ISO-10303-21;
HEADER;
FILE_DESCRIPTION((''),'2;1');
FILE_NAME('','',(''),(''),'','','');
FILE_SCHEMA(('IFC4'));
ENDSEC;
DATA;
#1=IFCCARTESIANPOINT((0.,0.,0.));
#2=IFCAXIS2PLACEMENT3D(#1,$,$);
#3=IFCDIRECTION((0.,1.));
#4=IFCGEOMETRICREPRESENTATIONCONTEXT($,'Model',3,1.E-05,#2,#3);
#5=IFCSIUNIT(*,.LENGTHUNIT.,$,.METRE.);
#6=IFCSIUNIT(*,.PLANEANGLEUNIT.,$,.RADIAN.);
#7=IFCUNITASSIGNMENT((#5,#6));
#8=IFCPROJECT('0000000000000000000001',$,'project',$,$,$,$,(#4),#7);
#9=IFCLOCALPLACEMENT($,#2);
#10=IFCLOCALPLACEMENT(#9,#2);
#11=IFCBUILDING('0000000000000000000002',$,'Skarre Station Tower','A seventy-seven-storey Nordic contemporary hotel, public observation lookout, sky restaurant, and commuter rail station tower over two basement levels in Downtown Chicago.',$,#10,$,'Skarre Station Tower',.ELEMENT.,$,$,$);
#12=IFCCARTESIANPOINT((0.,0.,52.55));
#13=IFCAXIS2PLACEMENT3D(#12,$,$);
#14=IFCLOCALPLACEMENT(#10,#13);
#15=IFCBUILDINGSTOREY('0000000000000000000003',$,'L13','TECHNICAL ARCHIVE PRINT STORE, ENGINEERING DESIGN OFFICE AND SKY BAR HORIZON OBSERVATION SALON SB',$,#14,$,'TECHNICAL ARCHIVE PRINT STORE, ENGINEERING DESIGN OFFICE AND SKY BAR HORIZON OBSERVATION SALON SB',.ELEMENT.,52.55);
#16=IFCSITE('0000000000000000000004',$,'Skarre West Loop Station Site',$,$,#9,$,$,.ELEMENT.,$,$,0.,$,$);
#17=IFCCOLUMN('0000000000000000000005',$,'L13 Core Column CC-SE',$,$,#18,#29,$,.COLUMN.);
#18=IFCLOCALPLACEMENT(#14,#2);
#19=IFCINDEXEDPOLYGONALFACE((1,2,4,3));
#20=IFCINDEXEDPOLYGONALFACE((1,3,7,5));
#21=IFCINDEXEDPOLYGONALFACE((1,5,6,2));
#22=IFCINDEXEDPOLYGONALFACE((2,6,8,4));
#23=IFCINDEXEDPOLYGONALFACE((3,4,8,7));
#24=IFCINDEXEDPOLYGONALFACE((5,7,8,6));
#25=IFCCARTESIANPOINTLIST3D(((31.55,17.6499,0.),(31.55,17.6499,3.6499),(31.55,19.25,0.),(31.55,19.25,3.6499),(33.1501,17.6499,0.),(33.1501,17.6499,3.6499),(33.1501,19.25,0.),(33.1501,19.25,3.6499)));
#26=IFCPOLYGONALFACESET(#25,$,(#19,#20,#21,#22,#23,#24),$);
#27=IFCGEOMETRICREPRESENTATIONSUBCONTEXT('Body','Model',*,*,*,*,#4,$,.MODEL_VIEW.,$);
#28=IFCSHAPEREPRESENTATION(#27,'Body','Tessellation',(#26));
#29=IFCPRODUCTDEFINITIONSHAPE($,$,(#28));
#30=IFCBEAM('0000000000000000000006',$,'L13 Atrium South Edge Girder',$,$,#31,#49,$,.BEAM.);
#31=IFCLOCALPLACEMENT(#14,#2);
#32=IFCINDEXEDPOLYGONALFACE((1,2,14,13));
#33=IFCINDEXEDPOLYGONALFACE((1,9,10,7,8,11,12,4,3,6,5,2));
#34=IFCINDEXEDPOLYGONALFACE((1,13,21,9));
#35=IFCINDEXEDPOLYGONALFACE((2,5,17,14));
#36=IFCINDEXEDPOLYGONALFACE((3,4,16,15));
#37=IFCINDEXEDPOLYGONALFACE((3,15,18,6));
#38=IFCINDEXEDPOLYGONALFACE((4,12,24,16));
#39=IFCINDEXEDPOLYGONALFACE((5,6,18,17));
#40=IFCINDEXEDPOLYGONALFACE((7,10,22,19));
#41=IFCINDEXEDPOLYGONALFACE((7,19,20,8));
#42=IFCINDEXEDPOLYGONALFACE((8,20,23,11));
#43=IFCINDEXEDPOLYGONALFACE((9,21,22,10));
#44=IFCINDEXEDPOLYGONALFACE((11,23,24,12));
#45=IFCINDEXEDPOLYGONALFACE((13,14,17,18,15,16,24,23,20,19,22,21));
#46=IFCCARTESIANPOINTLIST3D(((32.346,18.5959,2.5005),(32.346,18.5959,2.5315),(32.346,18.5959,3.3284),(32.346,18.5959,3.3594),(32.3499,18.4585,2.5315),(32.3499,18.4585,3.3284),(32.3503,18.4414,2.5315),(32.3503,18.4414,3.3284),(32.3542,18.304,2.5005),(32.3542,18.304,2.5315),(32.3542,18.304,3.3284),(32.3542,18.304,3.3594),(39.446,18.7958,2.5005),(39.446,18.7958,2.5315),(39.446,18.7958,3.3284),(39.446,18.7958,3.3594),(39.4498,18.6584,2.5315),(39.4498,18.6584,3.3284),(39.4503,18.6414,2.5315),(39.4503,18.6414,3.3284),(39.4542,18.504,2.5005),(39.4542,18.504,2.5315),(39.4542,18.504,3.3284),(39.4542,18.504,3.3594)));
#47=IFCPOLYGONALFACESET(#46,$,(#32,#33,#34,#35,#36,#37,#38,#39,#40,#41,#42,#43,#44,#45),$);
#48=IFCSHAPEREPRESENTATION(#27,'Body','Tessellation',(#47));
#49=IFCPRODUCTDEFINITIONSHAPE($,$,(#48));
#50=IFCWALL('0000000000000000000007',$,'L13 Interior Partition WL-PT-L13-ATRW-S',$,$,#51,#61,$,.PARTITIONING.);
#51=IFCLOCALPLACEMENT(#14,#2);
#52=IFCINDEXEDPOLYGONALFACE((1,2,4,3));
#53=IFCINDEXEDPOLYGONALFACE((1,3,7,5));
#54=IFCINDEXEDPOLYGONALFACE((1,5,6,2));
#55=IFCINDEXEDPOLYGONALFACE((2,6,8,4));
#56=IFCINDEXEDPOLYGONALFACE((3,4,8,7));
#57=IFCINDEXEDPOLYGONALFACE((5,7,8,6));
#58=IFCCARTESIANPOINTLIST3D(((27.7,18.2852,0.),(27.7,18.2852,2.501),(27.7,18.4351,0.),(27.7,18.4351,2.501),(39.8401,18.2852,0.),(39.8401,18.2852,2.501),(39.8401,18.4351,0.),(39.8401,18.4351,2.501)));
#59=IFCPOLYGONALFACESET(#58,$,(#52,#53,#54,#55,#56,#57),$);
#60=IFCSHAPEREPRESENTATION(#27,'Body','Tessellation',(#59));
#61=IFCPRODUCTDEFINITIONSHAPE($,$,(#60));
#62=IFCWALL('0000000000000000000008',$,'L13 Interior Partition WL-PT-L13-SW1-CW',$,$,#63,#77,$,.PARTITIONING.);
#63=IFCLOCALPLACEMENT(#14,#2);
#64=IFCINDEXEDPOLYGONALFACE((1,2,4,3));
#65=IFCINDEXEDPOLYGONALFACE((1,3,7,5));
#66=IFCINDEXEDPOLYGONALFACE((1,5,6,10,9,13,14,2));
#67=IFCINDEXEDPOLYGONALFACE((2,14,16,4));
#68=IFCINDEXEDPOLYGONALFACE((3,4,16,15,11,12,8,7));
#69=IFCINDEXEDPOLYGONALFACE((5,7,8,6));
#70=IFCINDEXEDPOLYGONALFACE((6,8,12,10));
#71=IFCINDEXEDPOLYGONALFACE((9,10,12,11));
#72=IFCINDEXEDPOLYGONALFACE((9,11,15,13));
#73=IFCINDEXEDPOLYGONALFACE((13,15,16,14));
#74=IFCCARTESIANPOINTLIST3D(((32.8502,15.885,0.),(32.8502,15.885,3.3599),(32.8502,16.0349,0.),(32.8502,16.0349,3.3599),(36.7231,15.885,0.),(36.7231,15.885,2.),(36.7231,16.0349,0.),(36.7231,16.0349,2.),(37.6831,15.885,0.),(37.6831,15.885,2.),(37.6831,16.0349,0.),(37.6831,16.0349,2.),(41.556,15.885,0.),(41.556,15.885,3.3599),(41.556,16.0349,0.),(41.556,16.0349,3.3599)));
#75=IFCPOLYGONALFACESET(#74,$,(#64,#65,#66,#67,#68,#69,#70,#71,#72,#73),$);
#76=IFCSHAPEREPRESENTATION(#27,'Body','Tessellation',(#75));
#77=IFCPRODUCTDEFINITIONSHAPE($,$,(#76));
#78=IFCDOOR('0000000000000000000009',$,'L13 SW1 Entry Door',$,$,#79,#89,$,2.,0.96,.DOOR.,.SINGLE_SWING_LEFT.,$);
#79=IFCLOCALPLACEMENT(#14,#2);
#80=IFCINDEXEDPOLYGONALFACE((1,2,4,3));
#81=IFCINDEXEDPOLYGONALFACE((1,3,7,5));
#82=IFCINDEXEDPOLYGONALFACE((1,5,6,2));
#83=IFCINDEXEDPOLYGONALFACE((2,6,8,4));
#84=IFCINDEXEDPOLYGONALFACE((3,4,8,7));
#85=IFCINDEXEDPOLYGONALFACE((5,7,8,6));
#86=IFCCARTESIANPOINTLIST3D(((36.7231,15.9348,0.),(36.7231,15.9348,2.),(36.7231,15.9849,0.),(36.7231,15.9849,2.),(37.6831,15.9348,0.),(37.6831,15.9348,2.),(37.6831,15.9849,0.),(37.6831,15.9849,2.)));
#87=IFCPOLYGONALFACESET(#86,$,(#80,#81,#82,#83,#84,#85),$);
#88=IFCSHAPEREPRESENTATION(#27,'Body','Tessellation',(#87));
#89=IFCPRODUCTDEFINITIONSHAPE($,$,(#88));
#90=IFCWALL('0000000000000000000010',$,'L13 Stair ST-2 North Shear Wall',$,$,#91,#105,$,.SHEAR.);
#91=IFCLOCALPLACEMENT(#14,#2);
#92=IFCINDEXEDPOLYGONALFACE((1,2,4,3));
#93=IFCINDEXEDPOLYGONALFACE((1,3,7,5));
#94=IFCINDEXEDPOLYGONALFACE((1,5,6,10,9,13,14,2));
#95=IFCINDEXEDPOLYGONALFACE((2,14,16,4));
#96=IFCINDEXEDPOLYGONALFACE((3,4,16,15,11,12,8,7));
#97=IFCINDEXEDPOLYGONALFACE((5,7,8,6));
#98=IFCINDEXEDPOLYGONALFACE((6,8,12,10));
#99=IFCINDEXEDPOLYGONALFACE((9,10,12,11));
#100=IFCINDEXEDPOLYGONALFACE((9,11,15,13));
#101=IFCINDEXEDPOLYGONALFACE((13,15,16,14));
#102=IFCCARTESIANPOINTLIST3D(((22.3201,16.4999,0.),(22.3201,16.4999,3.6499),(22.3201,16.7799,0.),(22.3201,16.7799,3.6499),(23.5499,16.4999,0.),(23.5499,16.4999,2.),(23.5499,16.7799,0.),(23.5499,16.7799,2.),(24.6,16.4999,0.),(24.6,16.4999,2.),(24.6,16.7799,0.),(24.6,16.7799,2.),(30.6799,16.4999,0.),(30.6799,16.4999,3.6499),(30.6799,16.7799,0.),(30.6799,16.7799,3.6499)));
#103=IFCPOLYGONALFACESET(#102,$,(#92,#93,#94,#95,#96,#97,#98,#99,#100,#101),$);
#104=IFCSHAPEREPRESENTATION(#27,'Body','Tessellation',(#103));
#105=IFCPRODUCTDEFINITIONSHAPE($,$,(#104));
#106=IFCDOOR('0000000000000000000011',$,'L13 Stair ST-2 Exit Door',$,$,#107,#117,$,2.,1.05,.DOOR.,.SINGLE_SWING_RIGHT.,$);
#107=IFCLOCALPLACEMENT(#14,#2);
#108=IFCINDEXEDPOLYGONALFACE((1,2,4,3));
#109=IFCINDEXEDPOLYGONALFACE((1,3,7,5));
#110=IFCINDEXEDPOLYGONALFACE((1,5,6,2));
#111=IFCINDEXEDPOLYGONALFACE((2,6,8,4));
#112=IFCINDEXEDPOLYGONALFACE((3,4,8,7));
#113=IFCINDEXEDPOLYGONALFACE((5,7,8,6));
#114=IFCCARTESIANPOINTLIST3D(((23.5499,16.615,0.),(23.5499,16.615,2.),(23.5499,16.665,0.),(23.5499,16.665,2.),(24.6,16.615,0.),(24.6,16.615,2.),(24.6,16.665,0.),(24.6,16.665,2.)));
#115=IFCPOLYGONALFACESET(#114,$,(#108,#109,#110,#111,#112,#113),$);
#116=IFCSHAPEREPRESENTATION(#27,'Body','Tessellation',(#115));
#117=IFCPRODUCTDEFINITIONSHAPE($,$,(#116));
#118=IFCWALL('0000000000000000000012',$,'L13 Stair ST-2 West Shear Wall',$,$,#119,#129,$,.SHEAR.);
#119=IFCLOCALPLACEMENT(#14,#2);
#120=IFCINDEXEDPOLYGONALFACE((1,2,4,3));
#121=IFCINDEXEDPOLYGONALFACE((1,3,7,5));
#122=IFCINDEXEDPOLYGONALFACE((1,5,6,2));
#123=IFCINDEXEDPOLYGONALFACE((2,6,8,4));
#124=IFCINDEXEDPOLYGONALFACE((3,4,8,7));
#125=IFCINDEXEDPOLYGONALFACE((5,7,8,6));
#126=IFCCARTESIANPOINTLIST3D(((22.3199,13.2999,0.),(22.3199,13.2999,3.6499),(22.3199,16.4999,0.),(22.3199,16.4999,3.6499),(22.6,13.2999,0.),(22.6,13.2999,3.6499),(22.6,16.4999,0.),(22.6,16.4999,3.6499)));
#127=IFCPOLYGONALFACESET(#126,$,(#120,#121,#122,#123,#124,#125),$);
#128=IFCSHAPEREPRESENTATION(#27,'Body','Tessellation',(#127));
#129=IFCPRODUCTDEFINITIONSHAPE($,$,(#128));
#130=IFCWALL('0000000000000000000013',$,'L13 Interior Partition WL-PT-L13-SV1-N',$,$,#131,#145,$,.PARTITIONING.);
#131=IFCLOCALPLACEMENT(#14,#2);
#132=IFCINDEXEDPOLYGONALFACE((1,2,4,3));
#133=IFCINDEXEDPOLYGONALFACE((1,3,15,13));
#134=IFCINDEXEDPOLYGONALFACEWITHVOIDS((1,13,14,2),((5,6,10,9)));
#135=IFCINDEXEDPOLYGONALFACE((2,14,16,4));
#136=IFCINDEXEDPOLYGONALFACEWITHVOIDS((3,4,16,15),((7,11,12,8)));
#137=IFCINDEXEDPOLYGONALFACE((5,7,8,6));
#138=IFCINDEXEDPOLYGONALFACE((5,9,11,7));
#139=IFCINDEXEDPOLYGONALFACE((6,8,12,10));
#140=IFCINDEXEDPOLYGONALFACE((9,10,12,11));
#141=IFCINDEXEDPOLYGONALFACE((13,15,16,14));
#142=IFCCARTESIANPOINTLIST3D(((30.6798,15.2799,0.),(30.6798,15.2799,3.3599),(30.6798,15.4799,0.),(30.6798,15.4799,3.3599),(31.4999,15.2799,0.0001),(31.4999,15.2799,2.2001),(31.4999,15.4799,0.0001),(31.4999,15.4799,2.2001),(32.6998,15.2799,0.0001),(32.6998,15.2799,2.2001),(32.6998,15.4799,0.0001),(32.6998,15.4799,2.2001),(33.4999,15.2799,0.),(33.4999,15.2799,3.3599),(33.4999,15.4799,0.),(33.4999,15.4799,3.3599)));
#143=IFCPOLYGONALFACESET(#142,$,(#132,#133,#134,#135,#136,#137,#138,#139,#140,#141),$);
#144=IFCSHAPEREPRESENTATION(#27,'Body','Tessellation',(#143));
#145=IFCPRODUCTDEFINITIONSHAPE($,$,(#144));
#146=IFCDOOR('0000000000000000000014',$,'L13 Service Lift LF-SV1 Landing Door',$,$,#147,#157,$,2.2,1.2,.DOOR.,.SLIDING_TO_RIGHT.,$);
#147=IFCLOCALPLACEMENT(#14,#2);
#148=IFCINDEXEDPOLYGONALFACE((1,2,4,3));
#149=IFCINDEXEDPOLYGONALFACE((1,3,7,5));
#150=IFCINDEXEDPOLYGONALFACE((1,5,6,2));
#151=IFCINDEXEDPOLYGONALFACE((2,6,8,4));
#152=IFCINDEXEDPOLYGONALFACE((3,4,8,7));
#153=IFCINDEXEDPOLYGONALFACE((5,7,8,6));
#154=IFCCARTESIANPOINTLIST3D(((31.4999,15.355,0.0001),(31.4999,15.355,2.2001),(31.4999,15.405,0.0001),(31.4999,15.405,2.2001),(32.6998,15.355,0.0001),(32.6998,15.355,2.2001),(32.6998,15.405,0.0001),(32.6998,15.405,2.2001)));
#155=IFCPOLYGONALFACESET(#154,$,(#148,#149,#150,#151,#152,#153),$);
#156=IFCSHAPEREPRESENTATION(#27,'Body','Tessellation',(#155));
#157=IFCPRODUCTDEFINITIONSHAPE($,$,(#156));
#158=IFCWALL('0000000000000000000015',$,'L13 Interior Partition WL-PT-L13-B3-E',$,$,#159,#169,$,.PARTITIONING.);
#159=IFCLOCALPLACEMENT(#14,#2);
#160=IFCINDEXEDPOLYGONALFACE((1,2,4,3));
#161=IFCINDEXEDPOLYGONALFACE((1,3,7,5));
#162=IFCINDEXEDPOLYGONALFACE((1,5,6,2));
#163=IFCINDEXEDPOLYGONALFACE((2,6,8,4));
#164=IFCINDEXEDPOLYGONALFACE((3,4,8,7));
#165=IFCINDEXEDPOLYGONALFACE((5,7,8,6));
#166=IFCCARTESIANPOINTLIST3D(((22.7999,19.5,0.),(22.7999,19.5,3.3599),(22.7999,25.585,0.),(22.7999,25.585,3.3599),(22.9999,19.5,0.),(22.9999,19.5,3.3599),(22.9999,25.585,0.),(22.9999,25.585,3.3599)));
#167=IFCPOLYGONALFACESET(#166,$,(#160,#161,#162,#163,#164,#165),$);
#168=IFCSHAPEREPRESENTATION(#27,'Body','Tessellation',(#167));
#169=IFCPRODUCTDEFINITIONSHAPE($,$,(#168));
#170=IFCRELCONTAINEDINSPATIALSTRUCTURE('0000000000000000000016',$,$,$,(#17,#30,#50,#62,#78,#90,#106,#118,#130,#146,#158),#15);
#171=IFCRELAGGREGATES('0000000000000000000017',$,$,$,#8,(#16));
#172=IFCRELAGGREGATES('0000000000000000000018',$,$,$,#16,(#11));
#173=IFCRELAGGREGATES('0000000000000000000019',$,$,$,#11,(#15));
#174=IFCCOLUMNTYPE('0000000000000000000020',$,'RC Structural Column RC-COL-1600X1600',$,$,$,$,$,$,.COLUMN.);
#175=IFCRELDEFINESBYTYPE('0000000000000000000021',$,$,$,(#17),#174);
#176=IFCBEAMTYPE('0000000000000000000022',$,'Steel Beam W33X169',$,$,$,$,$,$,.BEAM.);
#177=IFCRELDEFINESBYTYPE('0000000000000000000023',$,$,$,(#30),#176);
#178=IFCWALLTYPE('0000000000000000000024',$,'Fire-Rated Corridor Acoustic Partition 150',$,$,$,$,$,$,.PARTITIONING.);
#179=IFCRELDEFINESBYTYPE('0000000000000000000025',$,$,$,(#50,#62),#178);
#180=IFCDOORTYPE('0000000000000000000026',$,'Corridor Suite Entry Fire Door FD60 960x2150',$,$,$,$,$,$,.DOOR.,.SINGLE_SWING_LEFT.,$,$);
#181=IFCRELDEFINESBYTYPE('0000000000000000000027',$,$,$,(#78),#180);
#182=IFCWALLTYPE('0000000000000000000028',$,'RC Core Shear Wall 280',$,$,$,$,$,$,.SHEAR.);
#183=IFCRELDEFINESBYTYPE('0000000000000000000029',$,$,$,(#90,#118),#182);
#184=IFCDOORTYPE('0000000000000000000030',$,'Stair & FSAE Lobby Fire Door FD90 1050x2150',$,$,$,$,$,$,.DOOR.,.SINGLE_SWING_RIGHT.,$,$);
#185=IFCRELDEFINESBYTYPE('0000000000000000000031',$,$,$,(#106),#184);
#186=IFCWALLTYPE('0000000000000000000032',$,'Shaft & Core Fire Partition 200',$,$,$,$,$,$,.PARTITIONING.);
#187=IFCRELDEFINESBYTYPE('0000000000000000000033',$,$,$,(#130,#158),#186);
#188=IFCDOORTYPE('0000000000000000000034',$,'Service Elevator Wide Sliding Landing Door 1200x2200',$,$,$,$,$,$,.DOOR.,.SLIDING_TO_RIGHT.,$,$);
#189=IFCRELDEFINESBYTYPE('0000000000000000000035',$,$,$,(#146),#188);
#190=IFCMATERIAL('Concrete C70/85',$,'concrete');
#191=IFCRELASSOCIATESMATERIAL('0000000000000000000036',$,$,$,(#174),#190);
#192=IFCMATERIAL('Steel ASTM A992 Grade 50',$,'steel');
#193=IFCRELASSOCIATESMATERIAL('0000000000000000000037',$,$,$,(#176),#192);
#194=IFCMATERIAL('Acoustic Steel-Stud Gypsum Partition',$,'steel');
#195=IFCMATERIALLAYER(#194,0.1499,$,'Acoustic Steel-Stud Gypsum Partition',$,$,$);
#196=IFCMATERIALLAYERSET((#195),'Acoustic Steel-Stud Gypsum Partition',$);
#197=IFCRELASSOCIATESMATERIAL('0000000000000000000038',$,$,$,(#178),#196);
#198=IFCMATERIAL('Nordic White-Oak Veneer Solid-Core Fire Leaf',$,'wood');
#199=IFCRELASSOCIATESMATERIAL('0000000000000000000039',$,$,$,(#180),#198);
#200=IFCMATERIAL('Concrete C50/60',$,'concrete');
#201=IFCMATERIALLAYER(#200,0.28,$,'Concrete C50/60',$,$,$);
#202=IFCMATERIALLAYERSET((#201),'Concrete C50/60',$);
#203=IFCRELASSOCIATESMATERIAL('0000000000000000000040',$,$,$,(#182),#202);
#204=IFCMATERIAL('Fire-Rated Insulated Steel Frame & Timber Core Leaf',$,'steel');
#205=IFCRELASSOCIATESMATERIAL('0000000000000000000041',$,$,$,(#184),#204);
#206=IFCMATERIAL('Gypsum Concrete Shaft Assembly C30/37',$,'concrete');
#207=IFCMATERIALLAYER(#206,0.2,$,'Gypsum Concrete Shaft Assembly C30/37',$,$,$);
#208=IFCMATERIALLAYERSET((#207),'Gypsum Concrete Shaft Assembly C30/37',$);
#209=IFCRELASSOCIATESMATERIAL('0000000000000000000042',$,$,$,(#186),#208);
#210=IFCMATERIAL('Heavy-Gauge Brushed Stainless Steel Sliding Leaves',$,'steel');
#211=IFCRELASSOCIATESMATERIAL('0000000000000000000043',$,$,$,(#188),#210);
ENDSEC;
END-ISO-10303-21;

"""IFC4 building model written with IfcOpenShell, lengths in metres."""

from ifc_helpers import new_model, si_unit, direction, frame, frame_2d, origin, origin_2d, place, context, subcontext, project, spatial, rectangle, i_section, extrude, material, layer, layer_set, material_profile, profile_set, type_object, element, fill, save


model = new_model("IFC4")

# Units and contexts
model_context = context("Model", 3, precision=1e-05, world=origin(), true_north=direction((0.0, 1.0)))
body_context = subcontext(model_context, "Body", "Model", "MODEL_VIEW")
ifc_project = project(units=[si_unit("LENGTHUNIT", "METRE"), si_unit("PLANEANGLEUNIT", "RADIAN")], contexts=[model_context])

# Site, building, storey
site_placement = place(None, origin())
site = spatial("IfcSite", under=ifc_project, at=site_placement, Name="Skarre West Loop Station Site", CompositionType="ELEMENT", RefElevation=0.0)
building_placement = place(site_placement, origin())
building = spatial("IfcBuilding", under=site, at=building_placement, Name="Skarre Station Tower", Description="A seventy-seven-storey Nordic contemporary hotel, public observation lookout, sky restaurant, and commuter rail station tower over two basement levels in Downtown Chicago.", LongName="Skarre Station Tower", CompositionType="ELEMENT")
storey_placement = place(building_placement, frame((0.0, 0.0, 52.55)))
storey = spatial("IfcBuildingStorey", under=building, at=storey_placement, Name="L13", Description="TECHNICAL ARCHIVE PRINT STORE, ENGINEERING DESIGN OFFICE AND SKY BAR HORIZON OBSERVATION SALON SB", LongName="TECHNICAL ARCHIVE PRINT STORE, ENGINEERING DESIGN OFFICE AND SKY BAR HORIZON OBSERVATION SALON SB", CompositionType="ELEMENT", Elevation=52.55)

# Column
ifc_material_1 = material(Name="Concrete C70/85", Category="concrete")
ifc_material_profile_1 = material_profile(ifc_material_1, rectangle(XDim=1.6001, YDim=1.6001, at=origin_2d()), Name="Concrete C70/85")
ifc_profile_set_1 = profile_set([ifc_material_profile_1], Name="Concrete C70/85")
column_type = type_object("IfcColumnType", Name="RC Structural Column RC-COL-1600X1600", PredefinedType="COLUMN", material=ifc_profile_set_1)
column_placement = place(storey_placement, frame((32.3501, 18.45, 0.0), z_axis=(0.0, 0.0, 1.0), x_axis=(1.0, 0.0, 0.0)))
element("IfcColumn", 1, at=column_placement, inside=storey, type_object=column_type, Name="L13 Core Column CC-SE", PredefinedType="COLUMN", context=body_context, shape_type="SweptSolid", body=[
    extrude(rectangle(XDim=1.6001, YDim=1.6001, at=origin_2d()), origin(), (0.0, 0.0, 1.0), 3.6499),
])

# Beam
ifc_material_2 = material(Name="Steel ASTM A992 Grade 50", Category="steel")
ifc_material_profile_2 = material_profile(ifc_material_2, i_section(OverallWidth=0.292, OverallDepth=0.8589, WebThickness=0.0171, FlangeThickness=0.031, at=origin_2d()), Name="Steel ASTM A992 Grade 50")
ifc_profile_set_2 = profile_set([ifc_material_profile_2], Name="Steel ASTM A992 Grade 50")
beam_type = type_object("IfcBeamType", Name="Steel Beam W33X169", PredefinedType="BEAM", material=ifc_profile_set_2)
beam_placement = place(storey_placement, frame((32.3501, 18.45, 2.9299), z_axis=(0.999604, 0.028152, 0.0), x_axis=(-0.028152, 0.999604, 0.0)))
element("IfcBeam", 2, at=beam_placement, inside=storey, type_object=beam_type, Name="L13 Atrium South Edge Girder", PredefinedType="BEAM", context=body_context, shape_type="SweptSolid", body=[
    extrude(i_section(OverallWidth=0.292, OverallDepth=0.8589, WebThickness=0.0171, FlangeThickness=0.031, at=origin_2d()), origin(), (0.0, 0.0, 1.0), 7.1028),
])

# Wall
ifc_material_3 = material(Name="Acoustic Steel-Stud Gypsum Partition", Category="steel")
ifc_layer_1 = layer(ifc_material_3, 0.1499, Name="Acoustic Steel-Stud Gypsum Partition")
ifc_layer_set_1 = layer_set([ifc_layer_1], Name="Acoustic Steel-Stud Gypsum Partition")
wall_type_1 = type_object("IfcWallType", Name="Fire-Rated Corridor Acoustic Partition 150", PredefinedType="PARTITIONING", material=ifc_layer_set_1)
wall_1_placement = place(storey_placement, frame((27.7, 18.3601, 0.0), z_axis=(0.0, 0.0, 1.0), x_axis=(1.0, 0.0, 0.0)))
element("IfcWall", 3, at=wall_1_placement, inside=storey, type_object=wall_type_1, Name="L13 Interior Partition WL-PT-L13-ATRW-S", PredefinedType="PARTITIONING", context=body_context, shape_type="SweptSolid", body=[
    extrude(rectangle(XDim=12.1401, YDim=0.1499, at=frame_2d((6.0701, 0.0))), origin(), (0.0, 0.0, 1.0), 2.501),
])

# Walls, openings, doors
wall_2_placement = place(storey_placement, frame((32.8501, 15.96, 0.0), z_axis=(0.0, 0.0, 1.0), x_axis=(1.0, 0.0, 0.0)))
wall_2 = element("IfcWall", 4, at=wall_2_placement, inside=storey, type_object=wall_type_1, Name="L13 Interior Partition WL-PT-L13-SW1-CW", PredefinedType="PARTITIONING", context=body_context, shape_type="SweptSolid", body=[
    extrude(rectangle(XDim=8.7058, YDim=0.1499, at=frame_2d((4.353, 0.0))), origin(), (0.0, 0.0, 1.0), 3.3599),
])
opening_1_placement = place(wall_2_placement, frame((3.873, 0.0, 0.0)))
opening_1 = element("IfcOpeningElement", 5, at=opening_1_placement, cuts=wall_2, PredefinedType="OPENING", context=body_context, shape_type="SweptSolid", body=[
    extrude(rectangle(XDim=0.96, YDim=2.0, at=frame_2d((0.48, 1.0))), frame((0.0, 0.085, 0.0), z_axis=(0.0, -1.0, 0.0), x_axis=(1.0, 0.0, 0.0)), (0.0, 0.0, 1.0), 0.1699),
])
ifc_material_4 = material(Name="Nordic White-Oak Veneer Solid-Core Fire Leaf", Category="wood")
door_type_1 = type_object("IfcDoorType", Name="Corridor Suite Entry Fire Door FD60 960x2150", OperationType="SINGLE_SWING_LEFT", PredefinedType="DOOR", material=ifc_material_4)
door_1_placement = place(opening_1_placement, origin())
door_1 = element("IfcDoor", 6, at=door_1_placement, inside=storey, type_object=door_type_1, Name="L13 SW1 Entry Door", OperationType="SINGLE_SWING_LEFT", OverallHeight=2.0, OverallWidth=0.96, PredefinedType="DOOR", context=body_context, shape_type="SweptSolid", body=[
    extrude(rectangle(XDim=0.96, YDim=2.0, at=frame_2d((0.48, 1.0))), frame((0.0, 0.0249, 0.0), z_axis=(0.0, -1.0, 0.0), x_axis=(1.0, 0.0, 0.0)), (0.0, 0.0, 1.0), 0.05),
])
fill(opening_1, door_1)
ifc_material_5 = material(Name="Concrete C50/60", Category="concrete")
ifc_layer_2 = layer(ifc_material_5, 0.28, Name="Concrete C50/60")
ifc_layer_set_2 = layer_set([ifc_layer_2], Name="Concrete C50/60")
wall_type_2 = type_object("IfcWallType", Name="RC Core Shear Wall 280", PredefinedType="SHEAR", material=ifc_layer_set_2)
wall_3_placement = place(storey_placement, frame((30.6799, 16.6399, 0.0), z_axis=(0.0, 0.0, 1.0), x_axis=(-1.0, 0.0, 0.0)))
wall_3 = element("IfcWall", 7, at=wall_3_placement, inside=storey, type_object=wall_type_2, Name="L13 Stair ST-2 North Shear Wall", PredefinedType="SHEAR", context=body_context, shape_type="SweptSolid", body=[
    extrude(rectangle(XDim=8.3599, YDim=0.28, at=frame_2d((4.1799, 0.0))), origin(), (0.0, 0.0, 1.0), 3.6499),
])
opening_2_placement = place(wall_3_placement, frame((6.0801, 0.0, 0.0)))
opening_2 = element("IfcOpeningElement", 8, at=opening_2_placement, cuts=wall_3, PredefinedType="OPENING", context=body_context, shape_type="SweptSolid", body=[
    extrude(rectangle(XDim=1.05, YDim=2.0, at=frame_2d((0.5249, 1.0))), frame((0.0, 0.1499, 0.0), z_axis=(0.0, -1.0, 0.0), x_axis=(1.0, 0.0, 0.0)), (0.0, 0.0, 1.0), 0.3),
])
ifc_material_6 = material(Name="Fire-Rated Insulated Steel Frame & Timber Core Leaf", Category="steel")
door_type_2 = type_object("IfcDoorType", Name="Stair & FSAE Lobby Fire Door FD90 1050x2150", OperationType="SINGLE_SWING_RIGHT", PredefinedType="DOOR", material=ifc_material_6)
door_2_placement = place(opening_2_placement, origin())
door_2 = element("IfcDoor", 9, at=door_2_placement, inside=storey, type_object=door_type_2, Name="L13 Stair ST-2 Exit Door", OperationType="SINGLE_SWING_RIGHT", OverallHeight=2.0, OverallWidth=1.05, PredefinedType="DOOR", context=body_context, shape_type="SweptSolid", body=[
    extrude(rectangle(XDim=1.05, YDim=2.0, at=frame_2d((0.5249, 1.0))), frame((0.0, 0.0249, 0.0), z_axis=(0.0, -1.0, 0.0), x_axis=(1.0, 0.0, 0.0)), (0.0, 0.0, 1.0), 0.05),
])
fill(opening_2, door_2)

# Wall
wall_4_placement = place(storey_placement, frame((22.46, 16.5, 0.0), z_axis=(0.0, 0.0, 1.0), x_axis=(0.0, -1.0, 0.0)))
element("IfcWall", 10, at=wall_4_placement, inside=storey, type_object=wall_type_2, Name="L13 Stair ST-2 West Shear Wall", PredefinedType="SHEAR", context=body_context, shape_type="SweptSolid", body=[
    extrude(rectangle(XDim=3.2, YDim=0.28, at=frame_2d((1.6001, 0.0))), origin(), (0.0, 0.0, 1.0), 3.6499),
])

# Wall, opening, door
ifc_material_7 = material(Name="Gypsum Concrete Shaft Assembly C30/37", Category="concrete")
ifc_layer_3 = layer(ifc_material_7, 0.2, Name="Gypsum Concrete Shaft Assembly C30/37")
ifc_layer_set_3 = layer_set([ifc_layer_3], Name="Gypsum Concrete Shaft Assembly C30/37")
wall_type_3 = type_object("IfcWallType", Name="Shaft & Core Fire Partition 200", PredefinedType="PARTITIONING", material=ifc_layer_set_3)
wall_5_placement = place(storey_placement, frame((33.5, 15.3799, 0.0), z_axis=(0.0, 0.0, 1.0), x_axis=(-1.0, 0.0, 0.0)))
wall_5 = element("IfcWall", 11, at=wall_5_placement, inside=storey, type_object=wall_type_3, Name="L13 Interior Partition WL-PT-L13-SV1-N", PredefinedType="PARTITIONING", context=body_context, shape_type="SweptSolid", body=[
    extrude(rectangle(XDim=2.8201, YDim=0.2, at=frame_2d((1.4102, 0.0))), origin(), (0.0, 0.0, 1.0), 3.3599),
])
opening_3_placement = place(wall_5_placement, frame((0.8, 0.0, 0.0)))
opening_3 = element("IfcOpeningElement", 12, at=opening_3_placement, cuts=wall_5, PredefinedType="OPENING", context=body_context, shape_type="SweptSolid", body=[
    extrude(rectangle(XDim=1.2, YDim=2.2, at=frame_2d((0.6001, 1.1001))), frame((0.0, 0.1099, 0.0), z_axis=(0.0, -1.0, 0.0), x_axis=(1.0, 0.0, 0.0)), (0.0, 0.0, 1.0), 0.22),
])
ifc_material_8 = material(Name="Heavy-Gauge Brushed Stainless Steel Sliding Leaves", Category="steel")
door_type_3 = type_object("IfcDoorType", Name="Service Elevator Wide Sliding Landing Door 1200x2200", OperationType="SLIDING_TO_RIGHT", PredefinedType="DOOR", material=ifc_material_8)
door_3_placement = place(opening_3_placement, origin())
door_3 = element("IfcDoor", 13, at=door_3_placement, inside=storey, type_object=door_type_3, Name="L13 Service Lift LF-SV1 Landing Door", OperationType="SLIDING_TO_RIGHT", OverallHeight=2.2, OverallWidth=1.2, PredefinedType="DOOR", context=body_context, shape_type="SweptSolid", body=[
    extrude(rectangle(XDim=1.2, YDim=2.2, at=frame_2d((0.6001, 1.1001))), frame((0.0, 0.0249, 0.0), z_axis=(0.0, -1.0, 0.0), x_axis=(1.0, 0.0, 0.0)), (0.0, 0.0, 1.0), 0.05),
])
fill(opening_3, door_3)

# Wall
wall_6_placement = place(storey_placement, frame((22.8999, 19.5, 0.0), z_axis=(0.0, 0.0, 1.0), x_axis=(0.0, 1.0, 0.0)))
element("IfcWall", 14, at=wall_6_placement, inside=storey, type_object=wall_type_3, Name="L13 Interior Partition WL-PT-L13-B3-E", PredefinedType="PARTITIONING", context=body_context, shape_type="SweptSolid", body=[
    extrude(rectangle(XDim=6.085, YDim=0.2, at=frame_2d((3.0425, 0.0))), origin(), (0.0, 0.0, 1.0), 3.3599),
])

save(model, "model.ifc")
